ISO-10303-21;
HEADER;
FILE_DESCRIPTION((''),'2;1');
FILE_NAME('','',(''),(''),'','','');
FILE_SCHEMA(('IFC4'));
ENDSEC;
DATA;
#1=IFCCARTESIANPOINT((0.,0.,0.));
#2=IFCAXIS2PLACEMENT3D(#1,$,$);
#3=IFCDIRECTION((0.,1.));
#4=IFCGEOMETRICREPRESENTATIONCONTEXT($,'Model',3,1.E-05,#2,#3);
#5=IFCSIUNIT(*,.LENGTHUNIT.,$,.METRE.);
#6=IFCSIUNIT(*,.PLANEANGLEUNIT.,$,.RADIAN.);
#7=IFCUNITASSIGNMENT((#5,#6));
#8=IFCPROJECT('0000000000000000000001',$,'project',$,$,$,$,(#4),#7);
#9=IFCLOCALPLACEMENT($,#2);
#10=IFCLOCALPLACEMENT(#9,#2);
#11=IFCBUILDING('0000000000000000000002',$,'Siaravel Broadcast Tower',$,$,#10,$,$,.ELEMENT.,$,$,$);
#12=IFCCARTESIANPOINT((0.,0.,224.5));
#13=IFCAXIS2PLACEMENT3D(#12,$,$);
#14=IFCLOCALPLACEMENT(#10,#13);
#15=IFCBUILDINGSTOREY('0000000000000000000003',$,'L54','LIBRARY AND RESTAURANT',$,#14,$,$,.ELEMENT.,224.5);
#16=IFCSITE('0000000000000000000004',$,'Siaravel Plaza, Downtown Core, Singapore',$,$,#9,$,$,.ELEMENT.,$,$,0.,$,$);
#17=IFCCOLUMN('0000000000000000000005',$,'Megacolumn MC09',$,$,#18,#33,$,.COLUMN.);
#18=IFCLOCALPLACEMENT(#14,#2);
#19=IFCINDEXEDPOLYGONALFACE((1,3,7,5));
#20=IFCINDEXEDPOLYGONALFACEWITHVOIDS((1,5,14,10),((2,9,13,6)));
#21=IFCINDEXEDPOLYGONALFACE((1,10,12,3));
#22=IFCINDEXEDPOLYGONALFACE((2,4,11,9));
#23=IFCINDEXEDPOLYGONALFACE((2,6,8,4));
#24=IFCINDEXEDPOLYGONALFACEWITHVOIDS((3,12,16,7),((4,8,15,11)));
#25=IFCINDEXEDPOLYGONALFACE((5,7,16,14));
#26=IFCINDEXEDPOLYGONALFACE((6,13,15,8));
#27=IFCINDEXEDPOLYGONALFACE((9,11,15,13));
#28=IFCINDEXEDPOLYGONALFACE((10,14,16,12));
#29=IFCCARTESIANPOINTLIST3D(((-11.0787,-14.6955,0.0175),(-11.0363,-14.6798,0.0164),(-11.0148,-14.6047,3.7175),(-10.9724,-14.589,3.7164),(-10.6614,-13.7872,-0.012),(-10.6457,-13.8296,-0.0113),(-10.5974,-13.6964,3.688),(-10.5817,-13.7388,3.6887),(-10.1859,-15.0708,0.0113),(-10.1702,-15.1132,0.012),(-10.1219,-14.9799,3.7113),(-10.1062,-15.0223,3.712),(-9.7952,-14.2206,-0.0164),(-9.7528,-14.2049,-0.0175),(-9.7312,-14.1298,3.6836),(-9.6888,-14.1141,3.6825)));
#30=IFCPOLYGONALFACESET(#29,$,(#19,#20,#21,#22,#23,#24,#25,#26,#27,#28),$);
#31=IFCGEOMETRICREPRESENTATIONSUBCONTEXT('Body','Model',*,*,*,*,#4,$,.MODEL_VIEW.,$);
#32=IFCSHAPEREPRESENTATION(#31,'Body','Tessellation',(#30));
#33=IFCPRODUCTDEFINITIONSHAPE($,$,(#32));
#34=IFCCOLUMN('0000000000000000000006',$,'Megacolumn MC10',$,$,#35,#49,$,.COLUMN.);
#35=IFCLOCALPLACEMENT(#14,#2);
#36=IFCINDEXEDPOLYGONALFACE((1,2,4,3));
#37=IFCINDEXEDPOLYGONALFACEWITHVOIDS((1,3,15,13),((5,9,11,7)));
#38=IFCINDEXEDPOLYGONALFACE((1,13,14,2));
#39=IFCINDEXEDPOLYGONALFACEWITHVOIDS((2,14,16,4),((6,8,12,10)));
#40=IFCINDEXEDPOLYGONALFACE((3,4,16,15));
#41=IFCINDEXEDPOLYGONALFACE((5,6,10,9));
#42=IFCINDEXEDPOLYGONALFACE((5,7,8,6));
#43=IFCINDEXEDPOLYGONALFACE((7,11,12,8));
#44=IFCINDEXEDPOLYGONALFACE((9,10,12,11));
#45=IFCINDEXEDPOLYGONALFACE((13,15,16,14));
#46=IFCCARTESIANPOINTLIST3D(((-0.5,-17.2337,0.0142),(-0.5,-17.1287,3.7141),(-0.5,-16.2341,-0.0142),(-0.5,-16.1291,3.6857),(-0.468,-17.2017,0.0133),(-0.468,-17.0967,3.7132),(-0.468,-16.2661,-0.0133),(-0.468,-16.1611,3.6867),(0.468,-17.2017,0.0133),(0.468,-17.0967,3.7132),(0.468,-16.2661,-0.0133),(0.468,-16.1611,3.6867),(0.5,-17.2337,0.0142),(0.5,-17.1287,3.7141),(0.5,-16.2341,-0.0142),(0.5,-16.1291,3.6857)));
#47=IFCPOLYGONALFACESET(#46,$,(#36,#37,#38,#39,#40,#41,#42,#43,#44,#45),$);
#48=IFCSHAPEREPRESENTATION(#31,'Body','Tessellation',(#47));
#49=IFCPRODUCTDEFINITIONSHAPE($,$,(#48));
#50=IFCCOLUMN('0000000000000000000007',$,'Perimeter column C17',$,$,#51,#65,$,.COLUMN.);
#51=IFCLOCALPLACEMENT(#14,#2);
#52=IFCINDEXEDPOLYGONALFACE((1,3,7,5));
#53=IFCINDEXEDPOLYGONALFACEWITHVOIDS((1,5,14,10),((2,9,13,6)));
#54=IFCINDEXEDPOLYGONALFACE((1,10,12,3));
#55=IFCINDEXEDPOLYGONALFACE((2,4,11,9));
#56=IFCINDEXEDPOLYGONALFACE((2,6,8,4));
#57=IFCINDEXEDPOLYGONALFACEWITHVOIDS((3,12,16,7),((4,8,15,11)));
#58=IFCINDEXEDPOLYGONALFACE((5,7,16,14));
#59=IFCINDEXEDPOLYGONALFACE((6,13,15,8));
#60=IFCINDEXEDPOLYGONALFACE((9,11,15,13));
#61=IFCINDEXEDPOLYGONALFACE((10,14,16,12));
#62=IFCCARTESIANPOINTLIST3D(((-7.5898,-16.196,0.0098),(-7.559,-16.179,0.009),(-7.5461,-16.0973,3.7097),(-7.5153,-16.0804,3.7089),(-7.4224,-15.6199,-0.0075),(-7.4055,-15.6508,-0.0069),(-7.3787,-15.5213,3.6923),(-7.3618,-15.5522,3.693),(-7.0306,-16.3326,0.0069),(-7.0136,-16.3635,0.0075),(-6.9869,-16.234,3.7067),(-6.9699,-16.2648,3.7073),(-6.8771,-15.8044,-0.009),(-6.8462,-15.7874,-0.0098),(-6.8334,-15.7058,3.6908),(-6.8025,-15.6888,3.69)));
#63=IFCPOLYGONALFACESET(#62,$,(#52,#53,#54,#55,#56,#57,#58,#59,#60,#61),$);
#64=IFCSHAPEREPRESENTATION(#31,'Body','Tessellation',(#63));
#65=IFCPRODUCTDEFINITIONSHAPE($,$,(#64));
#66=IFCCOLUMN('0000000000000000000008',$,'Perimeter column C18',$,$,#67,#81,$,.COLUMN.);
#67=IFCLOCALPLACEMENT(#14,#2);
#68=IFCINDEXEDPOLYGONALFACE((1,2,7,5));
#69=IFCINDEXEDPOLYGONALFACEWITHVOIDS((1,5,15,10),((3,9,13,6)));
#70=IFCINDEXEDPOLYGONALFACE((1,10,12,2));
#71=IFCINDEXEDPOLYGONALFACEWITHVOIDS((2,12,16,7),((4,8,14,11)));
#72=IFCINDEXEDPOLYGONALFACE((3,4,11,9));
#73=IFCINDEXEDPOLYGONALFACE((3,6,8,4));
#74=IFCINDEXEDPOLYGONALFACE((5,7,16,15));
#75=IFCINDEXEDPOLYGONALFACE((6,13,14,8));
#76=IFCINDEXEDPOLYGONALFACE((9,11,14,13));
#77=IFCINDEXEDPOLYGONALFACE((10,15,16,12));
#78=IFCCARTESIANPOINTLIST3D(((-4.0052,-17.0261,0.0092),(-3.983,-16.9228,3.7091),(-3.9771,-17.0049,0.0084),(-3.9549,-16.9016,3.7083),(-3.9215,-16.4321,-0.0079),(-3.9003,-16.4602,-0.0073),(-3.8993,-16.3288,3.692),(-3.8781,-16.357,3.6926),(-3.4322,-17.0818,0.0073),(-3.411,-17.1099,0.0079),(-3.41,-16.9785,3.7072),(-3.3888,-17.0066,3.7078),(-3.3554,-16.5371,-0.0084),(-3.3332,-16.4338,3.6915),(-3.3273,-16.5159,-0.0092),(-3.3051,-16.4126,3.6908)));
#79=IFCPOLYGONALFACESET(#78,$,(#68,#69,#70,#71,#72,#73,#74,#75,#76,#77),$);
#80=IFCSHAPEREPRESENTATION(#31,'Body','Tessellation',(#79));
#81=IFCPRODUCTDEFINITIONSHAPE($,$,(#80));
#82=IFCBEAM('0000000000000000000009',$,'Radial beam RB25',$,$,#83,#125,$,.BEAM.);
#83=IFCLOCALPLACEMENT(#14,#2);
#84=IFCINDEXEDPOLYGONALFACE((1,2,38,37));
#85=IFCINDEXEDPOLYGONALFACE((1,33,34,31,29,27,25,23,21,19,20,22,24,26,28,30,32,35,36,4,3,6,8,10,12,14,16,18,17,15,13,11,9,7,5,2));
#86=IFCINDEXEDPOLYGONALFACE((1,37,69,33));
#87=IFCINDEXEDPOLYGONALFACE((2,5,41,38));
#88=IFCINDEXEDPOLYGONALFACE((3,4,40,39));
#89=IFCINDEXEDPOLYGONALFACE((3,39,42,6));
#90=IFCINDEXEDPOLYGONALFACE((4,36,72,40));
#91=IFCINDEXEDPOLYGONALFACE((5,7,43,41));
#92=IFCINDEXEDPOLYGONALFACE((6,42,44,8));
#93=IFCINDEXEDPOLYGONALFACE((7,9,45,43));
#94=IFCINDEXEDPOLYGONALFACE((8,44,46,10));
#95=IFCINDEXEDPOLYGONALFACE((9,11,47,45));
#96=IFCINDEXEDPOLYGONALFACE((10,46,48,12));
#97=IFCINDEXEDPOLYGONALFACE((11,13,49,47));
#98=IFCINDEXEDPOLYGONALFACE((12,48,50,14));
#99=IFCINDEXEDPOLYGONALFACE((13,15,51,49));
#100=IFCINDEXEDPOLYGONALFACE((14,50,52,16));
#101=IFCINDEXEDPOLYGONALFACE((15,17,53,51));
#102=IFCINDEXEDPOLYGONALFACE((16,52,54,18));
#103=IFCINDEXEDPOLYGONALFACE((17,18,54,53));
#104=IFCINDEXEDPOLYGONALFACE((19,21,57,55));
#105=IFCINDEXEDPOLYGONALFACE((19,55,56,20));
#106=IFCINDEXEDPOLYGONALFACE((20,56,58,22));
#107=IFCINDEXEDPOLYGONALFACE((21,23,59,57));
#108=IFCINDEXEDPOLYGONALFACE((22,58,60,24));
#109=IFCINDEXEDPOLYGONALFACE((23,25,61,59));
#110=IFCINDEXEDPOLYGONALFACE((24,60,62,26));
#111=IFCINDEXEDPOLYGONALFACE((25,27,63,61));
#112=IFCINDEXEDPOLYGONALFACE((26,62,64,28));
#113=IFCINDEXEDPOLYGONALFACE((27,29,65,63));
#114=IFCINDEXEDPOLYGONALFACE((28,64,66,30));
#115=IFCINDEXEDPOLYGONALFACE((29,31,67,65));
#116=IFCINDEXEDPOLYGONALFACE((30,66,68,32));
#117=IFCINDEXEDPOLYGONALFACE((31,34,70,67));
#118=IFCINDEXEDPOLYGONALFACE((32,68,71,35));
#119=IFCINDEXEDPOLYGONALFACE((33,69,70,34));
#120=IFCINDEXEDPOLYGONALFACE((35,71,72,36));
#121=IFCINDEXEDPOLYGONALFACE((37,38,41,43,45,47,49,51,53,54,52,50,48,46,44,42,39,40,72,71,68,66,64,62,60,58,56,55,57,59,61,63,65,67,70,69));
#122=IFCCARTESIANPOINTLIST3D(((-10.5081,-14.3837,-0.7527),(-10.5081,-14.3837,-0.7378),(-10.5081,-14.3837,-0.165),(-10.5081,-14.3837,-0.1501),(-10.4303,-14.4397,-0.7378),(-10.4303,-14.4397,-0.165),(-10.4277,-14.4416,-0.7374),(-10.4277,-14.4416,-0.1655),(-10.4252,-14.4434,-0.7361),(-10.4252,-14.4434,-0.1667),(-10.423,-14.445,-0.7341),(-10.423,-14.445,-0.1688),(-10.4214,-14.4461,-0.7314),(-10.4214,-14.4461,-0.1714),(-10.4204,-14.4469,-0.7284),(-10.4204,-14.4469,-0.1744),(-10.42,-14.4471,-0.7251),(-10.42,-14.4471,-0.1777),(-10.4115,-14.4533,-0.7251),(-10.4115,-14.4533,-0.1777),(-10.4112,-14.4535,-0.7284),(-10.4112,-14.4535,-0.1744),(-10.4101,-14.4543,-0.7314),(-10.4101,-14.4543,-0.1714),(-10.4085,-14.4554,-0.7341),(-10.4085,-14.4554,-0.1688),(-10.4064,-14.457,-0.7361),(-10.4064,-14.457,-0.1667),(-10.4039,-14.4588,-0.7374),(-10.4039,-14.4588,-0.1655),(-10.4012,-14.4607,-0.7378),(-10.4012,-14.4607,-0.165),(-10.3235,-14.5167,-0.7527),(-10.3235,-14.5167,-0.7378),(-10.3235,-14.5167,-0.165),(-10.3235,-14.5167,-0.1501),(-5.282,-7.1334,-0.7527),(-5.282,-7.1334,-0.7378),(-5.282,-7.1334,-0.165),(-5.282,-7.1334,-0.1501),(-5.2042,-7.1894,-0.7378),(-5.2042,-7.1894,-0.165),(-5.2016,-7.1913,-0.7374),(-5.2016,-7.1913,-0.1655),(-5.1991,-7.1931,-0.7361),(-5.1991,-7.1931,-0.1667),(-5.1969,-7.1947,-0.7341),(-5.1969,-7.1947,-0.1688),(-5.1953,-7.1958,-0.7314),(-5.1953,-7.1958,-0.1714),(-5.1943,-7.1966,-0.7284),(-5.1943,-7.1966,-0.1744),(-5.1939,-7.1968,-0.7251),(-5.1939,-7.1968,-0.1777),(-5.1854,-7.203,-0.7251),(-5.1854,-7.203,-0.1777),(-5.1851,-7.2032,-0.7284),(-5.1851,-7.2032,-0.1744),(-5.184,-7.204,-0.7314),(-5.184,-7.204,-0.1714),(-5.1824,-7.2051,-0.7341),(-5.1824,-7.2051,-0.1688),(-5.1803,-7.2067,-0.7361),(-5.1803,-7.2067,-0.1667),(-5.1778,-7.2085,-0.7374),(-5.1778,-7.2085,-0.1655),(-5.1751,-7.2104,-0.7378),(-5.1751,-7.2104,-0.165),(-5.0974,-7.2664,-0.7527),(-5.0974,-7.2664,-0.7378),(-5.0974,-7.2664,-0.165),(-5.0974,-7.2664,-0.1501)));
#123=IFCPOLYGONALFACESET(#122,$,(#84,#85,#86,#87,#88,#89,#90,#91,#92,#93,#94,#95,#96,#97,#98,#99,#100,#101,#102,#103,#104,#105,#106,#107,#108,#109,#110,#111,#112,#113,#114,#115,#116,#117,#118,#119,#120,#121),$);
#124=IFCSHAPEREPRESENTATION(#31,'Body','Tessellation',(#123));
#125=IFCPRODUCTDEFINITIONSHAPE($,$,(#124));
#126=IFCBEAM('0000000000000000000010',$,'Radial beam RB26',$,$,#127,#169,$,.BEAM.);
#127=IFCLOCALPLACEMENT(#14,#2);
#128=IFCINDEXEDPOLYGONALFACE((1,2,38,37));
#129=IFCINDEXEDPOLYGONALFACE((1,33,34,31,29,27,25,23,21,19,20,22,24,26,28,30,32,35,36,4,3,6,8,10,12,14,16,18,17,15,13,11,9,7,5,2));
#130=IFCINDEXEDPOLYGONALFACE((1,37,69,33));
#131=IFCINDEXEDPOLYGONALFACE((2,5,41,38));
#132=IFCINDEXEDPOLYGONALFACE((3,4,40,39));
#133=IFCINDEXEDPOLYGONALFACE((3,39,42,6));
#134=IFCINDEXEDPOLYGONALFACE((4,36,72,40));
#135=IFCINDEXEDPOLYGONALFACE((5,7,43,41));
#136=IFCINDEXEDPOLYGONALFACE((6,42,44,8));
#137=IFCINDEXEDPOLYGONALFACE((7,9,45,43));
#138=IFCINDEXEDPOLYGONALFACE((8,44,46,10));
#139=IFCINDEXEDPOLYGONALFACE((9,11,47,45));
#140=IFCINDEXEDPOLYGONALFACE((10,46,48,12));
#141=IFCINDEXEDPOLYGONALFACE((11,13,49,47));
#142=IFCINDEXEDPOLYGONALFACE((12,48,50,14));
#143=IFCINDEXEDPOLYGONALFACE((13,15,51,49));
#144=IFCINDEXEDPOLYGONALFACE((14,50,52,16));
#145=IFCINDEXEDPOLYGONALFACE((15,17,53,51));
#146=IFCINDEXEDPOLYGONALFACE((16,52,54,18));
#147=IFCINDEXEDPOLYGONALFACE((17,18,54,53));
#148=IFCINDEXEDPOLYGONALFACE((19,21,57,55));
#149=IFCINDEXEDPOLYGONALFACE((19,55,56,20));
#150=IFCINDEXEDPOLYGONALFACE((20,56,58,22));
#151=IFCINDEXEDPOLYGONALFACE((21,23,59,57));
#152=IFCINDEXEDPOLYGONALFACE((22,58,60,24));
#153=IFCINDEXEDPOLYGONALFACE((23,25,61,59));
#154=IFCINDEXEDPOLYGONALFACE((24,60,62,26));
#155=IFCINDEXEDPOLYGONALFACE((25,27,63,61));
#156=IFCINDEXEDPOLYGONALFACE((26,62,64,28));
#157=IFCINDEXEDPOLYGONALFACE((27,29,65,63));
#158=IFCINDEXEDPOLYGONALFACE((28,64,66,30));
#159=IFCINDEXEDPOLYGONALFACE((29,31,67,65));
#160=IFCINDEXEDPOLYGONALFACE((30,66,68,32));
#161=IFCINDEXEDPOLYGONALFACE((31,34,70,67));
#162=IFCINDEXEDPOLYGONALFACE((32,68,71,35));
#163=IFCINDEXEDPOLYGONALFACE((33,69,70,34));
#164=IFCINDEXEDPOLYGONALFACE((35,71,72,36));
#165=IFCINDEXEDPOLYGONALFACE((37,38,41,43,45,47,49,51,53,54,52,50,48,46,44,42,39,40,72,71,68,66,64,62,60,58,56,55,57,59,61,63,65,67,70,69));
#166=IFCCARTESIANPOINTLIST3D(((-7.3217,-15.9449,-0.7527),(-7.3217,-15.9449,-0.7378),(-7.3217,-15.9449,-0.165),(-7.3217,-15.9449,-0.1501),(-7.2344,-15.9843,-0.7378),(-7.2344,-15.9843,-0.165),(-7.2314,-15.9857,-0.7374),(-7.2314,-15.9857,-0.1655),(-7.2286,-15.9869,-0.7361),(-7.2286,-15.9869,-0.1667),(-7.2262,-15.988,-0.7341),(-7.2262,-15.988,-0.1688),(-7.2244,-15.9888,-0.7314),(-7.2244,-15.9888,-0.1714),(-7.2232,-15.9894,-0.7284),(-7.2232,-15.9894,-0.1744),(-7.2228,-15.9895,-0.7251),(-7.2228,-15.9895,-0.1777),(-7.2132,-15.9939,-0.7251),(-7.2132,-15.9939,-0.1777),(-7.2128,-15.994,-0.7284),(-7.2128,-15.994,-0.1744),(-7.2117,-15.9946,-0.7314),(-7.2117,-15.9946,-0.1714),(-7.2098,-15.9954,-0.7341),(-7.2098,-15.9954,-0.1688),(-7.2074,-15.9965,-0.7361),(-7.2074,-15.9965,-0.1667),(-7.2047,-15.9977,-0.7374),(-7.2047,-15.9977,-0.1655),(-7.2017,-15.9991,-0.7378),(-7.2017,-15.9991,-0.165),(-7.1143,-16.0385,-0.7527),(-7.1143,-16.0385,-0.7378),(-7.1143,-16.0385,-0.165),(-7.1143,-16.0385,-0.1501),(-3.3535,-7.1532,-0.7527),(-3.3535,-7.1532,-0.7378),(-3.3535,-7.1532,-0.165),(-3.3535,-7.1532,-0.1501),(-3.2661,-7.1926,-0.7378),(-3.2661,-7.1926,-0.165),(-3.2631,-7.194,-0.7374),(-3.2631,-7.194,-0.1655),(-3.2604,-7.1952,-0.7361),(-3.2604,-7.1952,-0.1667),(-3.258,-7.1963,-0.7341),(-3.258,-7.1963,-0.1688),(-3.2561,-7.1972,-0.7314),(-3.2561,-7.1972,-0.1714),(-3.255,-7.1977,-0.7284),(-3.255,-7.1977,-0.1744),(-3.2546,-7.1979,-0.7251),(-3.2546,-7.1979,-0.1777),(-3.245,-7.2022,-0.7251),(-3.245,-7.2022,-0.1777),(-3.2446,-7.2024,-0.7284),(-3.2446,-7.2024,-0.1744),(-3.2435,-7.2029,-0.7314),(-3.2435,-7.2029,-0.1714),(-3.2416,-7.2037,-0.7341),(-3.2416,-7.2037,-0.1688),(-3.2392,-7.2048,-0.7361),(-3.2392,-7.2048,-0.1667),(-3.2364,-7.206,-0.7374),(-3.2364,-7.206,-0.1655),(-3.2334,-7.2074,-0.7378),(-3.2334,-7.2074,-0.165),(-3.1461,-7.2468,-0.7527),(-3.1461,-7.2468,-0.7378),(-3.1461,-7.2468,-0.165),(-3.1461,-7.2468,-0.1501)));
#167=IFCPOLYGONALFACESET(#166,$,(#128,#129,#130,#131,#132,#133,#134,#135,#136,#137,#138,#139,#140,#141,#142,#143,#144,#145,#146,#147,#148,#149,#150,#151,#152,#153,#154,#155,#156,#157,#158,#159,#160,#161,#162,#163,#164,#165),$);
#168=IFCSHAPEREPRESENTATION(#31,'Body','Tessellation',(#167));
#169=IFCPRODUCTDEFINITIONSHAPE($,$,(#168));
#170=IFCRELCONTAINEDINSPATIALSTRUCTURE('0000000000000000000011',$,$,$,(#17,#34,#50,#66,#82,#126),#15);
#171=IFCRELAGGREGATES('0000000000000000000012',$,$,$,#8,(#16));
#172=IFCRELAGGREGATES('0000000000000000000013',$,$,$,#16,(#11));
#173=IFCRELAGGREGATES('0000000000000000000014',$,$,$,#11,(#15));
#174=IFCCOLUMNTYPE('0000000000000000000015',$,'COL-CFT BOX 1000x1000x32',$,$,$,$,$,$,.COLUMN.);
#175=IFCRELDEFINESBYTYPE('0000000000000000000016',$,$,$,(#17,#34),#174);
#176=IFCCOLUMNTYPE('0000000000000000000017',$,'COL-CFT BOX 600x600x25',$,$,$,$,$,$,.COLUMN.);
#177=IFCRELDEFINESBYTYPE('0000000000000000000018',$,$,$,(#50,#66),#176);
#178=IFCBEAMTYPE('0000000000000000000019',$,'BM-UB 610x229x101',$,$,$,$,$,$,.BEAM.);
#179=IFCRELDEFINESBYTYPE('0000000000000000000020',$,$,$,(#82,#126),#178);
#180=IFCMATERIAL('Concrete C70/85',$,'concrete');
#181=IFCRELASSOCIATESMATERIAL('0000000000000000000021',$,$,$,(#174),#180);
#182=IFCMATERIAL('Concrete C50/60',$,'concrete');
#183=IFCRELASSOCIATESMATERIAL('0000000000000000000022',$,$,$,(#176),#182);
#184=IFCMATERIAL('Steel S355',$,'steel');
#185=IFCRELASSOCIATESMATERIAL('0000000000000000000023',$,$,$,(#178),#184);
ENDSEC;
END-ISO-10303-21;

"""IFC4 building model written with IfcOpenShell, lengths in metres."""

from ifc_helpers import new_model, si_unit, direction, frame, origin, origin_2d, place, context, subcontext, project, spatial, hollow_rectangle, i_section, extrude, material, material_profile, profile_set, type_object, element, save


model = new_model("IFC4")

# Units and contexts
model_context = context("Model", 3, precision=1e-05, world=origin(), true_north=direction((0.0, 1.0)))
body_context = subcontext(model_context, "Body", "Model", "MODEL_VIEW")
ifc_project = project(units=[si_unit("LENGTHUNIT", "METRE"), si_unit("PLANEANGLEUNIT", "RADIAN")], contexts=[model_context])

# Site, building, storey
site_placement = place(None, origin())
site = spatial("IfcSite", under=ifc_project, at=site_placement, Name="Siaravel Plaza, Downtown Core, Singapore", CompositionType="ELEMENT", RefElevation=0.0)
building_placement = place(site_placement, origin())
building = spatial("IfcBuilding", under=site, at=building_placement, Name="Siaravel Broadcast Tower", CompositionType="ELEMENT")
storey_placement = place(building_placement, frame((0.0, 0.0, 224.5)))
storey = spatial("IfcBuildingStorey", under=building, at=storey_placement, Name="L54", Description="LIBRARY AND RESTAURANT", CompositionType="ELEMENT", Elevation=224.5)

# Columns
ifc_material_1 = material(Name="Concrete C70/85", Category="concrete")
ifc_material_profile_1 = material_profile(ifc_material_1, hollow_rectangle(XDim=1.0, YDim=1.0, WallThickness=0.032, at=origin_2d()))
ifc_profile_set_1 = profile_set([ifc_material_profile_1], Name="Concrete C70/85")
column_type_1 = type_object("IfcColumnType", Name="COL-CFT BOX 1000x1000x32", PredefinedType="COLUMN", material=ifc_profile_set_1)
column_1_placement = place(storey_placement, frame((-10.4158, -14.4502, 0.0), z_axis=(0.01728, 0.024535, 0.99955), x_axis=(-0.908584, 0.417666, 0.005455)))
element("IfcColumn", 1, at=column_1_placement, inside=storey, type_object=column_type_1, Name="Megacolumn MC09", PredefinedType="COLUMN", context=body_context, shape_type="SweptSolid", body=[
    extrude(hollow_rectangle(XDim=1.0, YDim=1.0, WallThickness=0.032, at=origin_2d()), origin(), (0.0, 0.0, 1.0), 3.7017),
])
column_2_placement = place(storey_placement, frame((0.0, -16.7339, 0.0), z_axis=(0.0, 0.028362, 0.999598), x_axis=(-1.0, 0.0, 0.0)))
element("IfcColumn", 2, at=column_2_placement, inside=storey, type_object=column_type_1, Name="Megacolumn MC10", PredefinedType="COLUMN", context=body_context, shape_type="SweptSolid", body=[
    extrude(hollow_rectangle(XDim=1.0, YDim=1.0, WallThickness=0.032, at=origin_2d()), origin(), (0.0, 0.0, 1.0), 3.7014),
])
ifc_material_2 = material(Name="Concrete C50/60", Category="concrete")
ifc_material_profile_2 = material_profile(ifc_material_2, hollow_rectangle(XDim=0.6001, YDim=0.6001, WallThickness=0.0249, at=origin_2d()))
ifc_profile_set_2 = profile_set([ifc_material_profile_2], Name="Concrete C50/60")
column_type_2 = type_object("IfcColumnType", Name="COL-CFT BOX 600x600x25", PredefinedType="COLUMN", material=ifc_profile_set_2)
for number, where, z_axis, x_axis, name in (
    (3, (-7.218, -15.9917, 0.0), (0.011806, 0.026647, 0.999575), (-0.960243, 0.279138, 0.0039), "Perimeter column C17"),
    (4, (-3.6663, -16.771, 0.0), (0.006002, 0.0279, 0.999593), (-0.990194, 0.139686, 0.002047), "Perimeter column C18"),
):
    element("IfcColumn", number, at=place(storey_placement, frame(where, z_axis=z_axis, x_axis=x_axis)), inside=storey, type_object=column_type_2, Name=name, PredefinedType="COLUMN", context=body_context, shape_type="SweptSolid", body=[
        extrude(hollow_rectangle(XDim=0.6001, YDim=0.6001, WallThickness=0.0249, at=origin_2d()), origin(), (0.0, 0.0, 1.0), 3.7014),
    ])

# Beams
ifc_material_3 = material(Name="Steel S355", Category="steel")
ifc_material_profile_3 = material_profile(ifc_material_3, i_section(OverallWidth=0.2275, OverallDepth=0.6025, WebThickness=0.0105, FlangeThickness=0.0149, FilletRadius=0.0127, at=origin_2d()))
ifc_profile_set_3 = profile_set([ifc_material_profile_3], Name="Steel S355")
beam_type = type_object("IfcBeamType", Name="BM-UB 610x229x101", PredefinedType="BEAM", material=ifc_profile_set_3)
beam_1_placement = place(storey_placement, frame((-10.4158, -14.4502, -0.4514), z_axis=(0.584739, 0.811221, 0.0), x_axis=(-0.811221, 0.584739, 0.0)))
element("IfcBeam", 5, at=beam_1_placement, inside=storey, type_object=beam_type, Name="Radial beam RB25", PredefinedType="BEAM", context=body_context, shape_type="SweptSolid", body=[
    extrude(i_section(OverallWidth=0.2275, OverallDepth=0.6025, WebThickness=0.0105, FlangeThickness=0.0149, FilletRadius=0.0127, at=origin_2d()), origin(), (0.0, 0.0, 1.0), 8.9375),
])
beam_2_placement = place(storey_placement, frame((-7.218, -15.9917, -0.4514), z_axis=(0.411397, 0.911456, 0.0), x_axis=(-0.911456, 0.411397, 0.0)))
element("IfcBeam", 6, at=beam_2_placement, inside=storey, type_object=beam_type, Name="Radial beam RB26", PredefinedType="BEAM", context=body_context, shape_type="SweptSolid", body=[
    extrude(i_section(OverallWidth=0.2275, OverallDepth=0.6025, WebThickness=0.0105, FlangeThickness=0.0149, FilletRadius=0.0127, at=origin_2d()), origin(), (0.0, 0.0, 1.0), 9.6458),
])

save(model, "model.ifc")
